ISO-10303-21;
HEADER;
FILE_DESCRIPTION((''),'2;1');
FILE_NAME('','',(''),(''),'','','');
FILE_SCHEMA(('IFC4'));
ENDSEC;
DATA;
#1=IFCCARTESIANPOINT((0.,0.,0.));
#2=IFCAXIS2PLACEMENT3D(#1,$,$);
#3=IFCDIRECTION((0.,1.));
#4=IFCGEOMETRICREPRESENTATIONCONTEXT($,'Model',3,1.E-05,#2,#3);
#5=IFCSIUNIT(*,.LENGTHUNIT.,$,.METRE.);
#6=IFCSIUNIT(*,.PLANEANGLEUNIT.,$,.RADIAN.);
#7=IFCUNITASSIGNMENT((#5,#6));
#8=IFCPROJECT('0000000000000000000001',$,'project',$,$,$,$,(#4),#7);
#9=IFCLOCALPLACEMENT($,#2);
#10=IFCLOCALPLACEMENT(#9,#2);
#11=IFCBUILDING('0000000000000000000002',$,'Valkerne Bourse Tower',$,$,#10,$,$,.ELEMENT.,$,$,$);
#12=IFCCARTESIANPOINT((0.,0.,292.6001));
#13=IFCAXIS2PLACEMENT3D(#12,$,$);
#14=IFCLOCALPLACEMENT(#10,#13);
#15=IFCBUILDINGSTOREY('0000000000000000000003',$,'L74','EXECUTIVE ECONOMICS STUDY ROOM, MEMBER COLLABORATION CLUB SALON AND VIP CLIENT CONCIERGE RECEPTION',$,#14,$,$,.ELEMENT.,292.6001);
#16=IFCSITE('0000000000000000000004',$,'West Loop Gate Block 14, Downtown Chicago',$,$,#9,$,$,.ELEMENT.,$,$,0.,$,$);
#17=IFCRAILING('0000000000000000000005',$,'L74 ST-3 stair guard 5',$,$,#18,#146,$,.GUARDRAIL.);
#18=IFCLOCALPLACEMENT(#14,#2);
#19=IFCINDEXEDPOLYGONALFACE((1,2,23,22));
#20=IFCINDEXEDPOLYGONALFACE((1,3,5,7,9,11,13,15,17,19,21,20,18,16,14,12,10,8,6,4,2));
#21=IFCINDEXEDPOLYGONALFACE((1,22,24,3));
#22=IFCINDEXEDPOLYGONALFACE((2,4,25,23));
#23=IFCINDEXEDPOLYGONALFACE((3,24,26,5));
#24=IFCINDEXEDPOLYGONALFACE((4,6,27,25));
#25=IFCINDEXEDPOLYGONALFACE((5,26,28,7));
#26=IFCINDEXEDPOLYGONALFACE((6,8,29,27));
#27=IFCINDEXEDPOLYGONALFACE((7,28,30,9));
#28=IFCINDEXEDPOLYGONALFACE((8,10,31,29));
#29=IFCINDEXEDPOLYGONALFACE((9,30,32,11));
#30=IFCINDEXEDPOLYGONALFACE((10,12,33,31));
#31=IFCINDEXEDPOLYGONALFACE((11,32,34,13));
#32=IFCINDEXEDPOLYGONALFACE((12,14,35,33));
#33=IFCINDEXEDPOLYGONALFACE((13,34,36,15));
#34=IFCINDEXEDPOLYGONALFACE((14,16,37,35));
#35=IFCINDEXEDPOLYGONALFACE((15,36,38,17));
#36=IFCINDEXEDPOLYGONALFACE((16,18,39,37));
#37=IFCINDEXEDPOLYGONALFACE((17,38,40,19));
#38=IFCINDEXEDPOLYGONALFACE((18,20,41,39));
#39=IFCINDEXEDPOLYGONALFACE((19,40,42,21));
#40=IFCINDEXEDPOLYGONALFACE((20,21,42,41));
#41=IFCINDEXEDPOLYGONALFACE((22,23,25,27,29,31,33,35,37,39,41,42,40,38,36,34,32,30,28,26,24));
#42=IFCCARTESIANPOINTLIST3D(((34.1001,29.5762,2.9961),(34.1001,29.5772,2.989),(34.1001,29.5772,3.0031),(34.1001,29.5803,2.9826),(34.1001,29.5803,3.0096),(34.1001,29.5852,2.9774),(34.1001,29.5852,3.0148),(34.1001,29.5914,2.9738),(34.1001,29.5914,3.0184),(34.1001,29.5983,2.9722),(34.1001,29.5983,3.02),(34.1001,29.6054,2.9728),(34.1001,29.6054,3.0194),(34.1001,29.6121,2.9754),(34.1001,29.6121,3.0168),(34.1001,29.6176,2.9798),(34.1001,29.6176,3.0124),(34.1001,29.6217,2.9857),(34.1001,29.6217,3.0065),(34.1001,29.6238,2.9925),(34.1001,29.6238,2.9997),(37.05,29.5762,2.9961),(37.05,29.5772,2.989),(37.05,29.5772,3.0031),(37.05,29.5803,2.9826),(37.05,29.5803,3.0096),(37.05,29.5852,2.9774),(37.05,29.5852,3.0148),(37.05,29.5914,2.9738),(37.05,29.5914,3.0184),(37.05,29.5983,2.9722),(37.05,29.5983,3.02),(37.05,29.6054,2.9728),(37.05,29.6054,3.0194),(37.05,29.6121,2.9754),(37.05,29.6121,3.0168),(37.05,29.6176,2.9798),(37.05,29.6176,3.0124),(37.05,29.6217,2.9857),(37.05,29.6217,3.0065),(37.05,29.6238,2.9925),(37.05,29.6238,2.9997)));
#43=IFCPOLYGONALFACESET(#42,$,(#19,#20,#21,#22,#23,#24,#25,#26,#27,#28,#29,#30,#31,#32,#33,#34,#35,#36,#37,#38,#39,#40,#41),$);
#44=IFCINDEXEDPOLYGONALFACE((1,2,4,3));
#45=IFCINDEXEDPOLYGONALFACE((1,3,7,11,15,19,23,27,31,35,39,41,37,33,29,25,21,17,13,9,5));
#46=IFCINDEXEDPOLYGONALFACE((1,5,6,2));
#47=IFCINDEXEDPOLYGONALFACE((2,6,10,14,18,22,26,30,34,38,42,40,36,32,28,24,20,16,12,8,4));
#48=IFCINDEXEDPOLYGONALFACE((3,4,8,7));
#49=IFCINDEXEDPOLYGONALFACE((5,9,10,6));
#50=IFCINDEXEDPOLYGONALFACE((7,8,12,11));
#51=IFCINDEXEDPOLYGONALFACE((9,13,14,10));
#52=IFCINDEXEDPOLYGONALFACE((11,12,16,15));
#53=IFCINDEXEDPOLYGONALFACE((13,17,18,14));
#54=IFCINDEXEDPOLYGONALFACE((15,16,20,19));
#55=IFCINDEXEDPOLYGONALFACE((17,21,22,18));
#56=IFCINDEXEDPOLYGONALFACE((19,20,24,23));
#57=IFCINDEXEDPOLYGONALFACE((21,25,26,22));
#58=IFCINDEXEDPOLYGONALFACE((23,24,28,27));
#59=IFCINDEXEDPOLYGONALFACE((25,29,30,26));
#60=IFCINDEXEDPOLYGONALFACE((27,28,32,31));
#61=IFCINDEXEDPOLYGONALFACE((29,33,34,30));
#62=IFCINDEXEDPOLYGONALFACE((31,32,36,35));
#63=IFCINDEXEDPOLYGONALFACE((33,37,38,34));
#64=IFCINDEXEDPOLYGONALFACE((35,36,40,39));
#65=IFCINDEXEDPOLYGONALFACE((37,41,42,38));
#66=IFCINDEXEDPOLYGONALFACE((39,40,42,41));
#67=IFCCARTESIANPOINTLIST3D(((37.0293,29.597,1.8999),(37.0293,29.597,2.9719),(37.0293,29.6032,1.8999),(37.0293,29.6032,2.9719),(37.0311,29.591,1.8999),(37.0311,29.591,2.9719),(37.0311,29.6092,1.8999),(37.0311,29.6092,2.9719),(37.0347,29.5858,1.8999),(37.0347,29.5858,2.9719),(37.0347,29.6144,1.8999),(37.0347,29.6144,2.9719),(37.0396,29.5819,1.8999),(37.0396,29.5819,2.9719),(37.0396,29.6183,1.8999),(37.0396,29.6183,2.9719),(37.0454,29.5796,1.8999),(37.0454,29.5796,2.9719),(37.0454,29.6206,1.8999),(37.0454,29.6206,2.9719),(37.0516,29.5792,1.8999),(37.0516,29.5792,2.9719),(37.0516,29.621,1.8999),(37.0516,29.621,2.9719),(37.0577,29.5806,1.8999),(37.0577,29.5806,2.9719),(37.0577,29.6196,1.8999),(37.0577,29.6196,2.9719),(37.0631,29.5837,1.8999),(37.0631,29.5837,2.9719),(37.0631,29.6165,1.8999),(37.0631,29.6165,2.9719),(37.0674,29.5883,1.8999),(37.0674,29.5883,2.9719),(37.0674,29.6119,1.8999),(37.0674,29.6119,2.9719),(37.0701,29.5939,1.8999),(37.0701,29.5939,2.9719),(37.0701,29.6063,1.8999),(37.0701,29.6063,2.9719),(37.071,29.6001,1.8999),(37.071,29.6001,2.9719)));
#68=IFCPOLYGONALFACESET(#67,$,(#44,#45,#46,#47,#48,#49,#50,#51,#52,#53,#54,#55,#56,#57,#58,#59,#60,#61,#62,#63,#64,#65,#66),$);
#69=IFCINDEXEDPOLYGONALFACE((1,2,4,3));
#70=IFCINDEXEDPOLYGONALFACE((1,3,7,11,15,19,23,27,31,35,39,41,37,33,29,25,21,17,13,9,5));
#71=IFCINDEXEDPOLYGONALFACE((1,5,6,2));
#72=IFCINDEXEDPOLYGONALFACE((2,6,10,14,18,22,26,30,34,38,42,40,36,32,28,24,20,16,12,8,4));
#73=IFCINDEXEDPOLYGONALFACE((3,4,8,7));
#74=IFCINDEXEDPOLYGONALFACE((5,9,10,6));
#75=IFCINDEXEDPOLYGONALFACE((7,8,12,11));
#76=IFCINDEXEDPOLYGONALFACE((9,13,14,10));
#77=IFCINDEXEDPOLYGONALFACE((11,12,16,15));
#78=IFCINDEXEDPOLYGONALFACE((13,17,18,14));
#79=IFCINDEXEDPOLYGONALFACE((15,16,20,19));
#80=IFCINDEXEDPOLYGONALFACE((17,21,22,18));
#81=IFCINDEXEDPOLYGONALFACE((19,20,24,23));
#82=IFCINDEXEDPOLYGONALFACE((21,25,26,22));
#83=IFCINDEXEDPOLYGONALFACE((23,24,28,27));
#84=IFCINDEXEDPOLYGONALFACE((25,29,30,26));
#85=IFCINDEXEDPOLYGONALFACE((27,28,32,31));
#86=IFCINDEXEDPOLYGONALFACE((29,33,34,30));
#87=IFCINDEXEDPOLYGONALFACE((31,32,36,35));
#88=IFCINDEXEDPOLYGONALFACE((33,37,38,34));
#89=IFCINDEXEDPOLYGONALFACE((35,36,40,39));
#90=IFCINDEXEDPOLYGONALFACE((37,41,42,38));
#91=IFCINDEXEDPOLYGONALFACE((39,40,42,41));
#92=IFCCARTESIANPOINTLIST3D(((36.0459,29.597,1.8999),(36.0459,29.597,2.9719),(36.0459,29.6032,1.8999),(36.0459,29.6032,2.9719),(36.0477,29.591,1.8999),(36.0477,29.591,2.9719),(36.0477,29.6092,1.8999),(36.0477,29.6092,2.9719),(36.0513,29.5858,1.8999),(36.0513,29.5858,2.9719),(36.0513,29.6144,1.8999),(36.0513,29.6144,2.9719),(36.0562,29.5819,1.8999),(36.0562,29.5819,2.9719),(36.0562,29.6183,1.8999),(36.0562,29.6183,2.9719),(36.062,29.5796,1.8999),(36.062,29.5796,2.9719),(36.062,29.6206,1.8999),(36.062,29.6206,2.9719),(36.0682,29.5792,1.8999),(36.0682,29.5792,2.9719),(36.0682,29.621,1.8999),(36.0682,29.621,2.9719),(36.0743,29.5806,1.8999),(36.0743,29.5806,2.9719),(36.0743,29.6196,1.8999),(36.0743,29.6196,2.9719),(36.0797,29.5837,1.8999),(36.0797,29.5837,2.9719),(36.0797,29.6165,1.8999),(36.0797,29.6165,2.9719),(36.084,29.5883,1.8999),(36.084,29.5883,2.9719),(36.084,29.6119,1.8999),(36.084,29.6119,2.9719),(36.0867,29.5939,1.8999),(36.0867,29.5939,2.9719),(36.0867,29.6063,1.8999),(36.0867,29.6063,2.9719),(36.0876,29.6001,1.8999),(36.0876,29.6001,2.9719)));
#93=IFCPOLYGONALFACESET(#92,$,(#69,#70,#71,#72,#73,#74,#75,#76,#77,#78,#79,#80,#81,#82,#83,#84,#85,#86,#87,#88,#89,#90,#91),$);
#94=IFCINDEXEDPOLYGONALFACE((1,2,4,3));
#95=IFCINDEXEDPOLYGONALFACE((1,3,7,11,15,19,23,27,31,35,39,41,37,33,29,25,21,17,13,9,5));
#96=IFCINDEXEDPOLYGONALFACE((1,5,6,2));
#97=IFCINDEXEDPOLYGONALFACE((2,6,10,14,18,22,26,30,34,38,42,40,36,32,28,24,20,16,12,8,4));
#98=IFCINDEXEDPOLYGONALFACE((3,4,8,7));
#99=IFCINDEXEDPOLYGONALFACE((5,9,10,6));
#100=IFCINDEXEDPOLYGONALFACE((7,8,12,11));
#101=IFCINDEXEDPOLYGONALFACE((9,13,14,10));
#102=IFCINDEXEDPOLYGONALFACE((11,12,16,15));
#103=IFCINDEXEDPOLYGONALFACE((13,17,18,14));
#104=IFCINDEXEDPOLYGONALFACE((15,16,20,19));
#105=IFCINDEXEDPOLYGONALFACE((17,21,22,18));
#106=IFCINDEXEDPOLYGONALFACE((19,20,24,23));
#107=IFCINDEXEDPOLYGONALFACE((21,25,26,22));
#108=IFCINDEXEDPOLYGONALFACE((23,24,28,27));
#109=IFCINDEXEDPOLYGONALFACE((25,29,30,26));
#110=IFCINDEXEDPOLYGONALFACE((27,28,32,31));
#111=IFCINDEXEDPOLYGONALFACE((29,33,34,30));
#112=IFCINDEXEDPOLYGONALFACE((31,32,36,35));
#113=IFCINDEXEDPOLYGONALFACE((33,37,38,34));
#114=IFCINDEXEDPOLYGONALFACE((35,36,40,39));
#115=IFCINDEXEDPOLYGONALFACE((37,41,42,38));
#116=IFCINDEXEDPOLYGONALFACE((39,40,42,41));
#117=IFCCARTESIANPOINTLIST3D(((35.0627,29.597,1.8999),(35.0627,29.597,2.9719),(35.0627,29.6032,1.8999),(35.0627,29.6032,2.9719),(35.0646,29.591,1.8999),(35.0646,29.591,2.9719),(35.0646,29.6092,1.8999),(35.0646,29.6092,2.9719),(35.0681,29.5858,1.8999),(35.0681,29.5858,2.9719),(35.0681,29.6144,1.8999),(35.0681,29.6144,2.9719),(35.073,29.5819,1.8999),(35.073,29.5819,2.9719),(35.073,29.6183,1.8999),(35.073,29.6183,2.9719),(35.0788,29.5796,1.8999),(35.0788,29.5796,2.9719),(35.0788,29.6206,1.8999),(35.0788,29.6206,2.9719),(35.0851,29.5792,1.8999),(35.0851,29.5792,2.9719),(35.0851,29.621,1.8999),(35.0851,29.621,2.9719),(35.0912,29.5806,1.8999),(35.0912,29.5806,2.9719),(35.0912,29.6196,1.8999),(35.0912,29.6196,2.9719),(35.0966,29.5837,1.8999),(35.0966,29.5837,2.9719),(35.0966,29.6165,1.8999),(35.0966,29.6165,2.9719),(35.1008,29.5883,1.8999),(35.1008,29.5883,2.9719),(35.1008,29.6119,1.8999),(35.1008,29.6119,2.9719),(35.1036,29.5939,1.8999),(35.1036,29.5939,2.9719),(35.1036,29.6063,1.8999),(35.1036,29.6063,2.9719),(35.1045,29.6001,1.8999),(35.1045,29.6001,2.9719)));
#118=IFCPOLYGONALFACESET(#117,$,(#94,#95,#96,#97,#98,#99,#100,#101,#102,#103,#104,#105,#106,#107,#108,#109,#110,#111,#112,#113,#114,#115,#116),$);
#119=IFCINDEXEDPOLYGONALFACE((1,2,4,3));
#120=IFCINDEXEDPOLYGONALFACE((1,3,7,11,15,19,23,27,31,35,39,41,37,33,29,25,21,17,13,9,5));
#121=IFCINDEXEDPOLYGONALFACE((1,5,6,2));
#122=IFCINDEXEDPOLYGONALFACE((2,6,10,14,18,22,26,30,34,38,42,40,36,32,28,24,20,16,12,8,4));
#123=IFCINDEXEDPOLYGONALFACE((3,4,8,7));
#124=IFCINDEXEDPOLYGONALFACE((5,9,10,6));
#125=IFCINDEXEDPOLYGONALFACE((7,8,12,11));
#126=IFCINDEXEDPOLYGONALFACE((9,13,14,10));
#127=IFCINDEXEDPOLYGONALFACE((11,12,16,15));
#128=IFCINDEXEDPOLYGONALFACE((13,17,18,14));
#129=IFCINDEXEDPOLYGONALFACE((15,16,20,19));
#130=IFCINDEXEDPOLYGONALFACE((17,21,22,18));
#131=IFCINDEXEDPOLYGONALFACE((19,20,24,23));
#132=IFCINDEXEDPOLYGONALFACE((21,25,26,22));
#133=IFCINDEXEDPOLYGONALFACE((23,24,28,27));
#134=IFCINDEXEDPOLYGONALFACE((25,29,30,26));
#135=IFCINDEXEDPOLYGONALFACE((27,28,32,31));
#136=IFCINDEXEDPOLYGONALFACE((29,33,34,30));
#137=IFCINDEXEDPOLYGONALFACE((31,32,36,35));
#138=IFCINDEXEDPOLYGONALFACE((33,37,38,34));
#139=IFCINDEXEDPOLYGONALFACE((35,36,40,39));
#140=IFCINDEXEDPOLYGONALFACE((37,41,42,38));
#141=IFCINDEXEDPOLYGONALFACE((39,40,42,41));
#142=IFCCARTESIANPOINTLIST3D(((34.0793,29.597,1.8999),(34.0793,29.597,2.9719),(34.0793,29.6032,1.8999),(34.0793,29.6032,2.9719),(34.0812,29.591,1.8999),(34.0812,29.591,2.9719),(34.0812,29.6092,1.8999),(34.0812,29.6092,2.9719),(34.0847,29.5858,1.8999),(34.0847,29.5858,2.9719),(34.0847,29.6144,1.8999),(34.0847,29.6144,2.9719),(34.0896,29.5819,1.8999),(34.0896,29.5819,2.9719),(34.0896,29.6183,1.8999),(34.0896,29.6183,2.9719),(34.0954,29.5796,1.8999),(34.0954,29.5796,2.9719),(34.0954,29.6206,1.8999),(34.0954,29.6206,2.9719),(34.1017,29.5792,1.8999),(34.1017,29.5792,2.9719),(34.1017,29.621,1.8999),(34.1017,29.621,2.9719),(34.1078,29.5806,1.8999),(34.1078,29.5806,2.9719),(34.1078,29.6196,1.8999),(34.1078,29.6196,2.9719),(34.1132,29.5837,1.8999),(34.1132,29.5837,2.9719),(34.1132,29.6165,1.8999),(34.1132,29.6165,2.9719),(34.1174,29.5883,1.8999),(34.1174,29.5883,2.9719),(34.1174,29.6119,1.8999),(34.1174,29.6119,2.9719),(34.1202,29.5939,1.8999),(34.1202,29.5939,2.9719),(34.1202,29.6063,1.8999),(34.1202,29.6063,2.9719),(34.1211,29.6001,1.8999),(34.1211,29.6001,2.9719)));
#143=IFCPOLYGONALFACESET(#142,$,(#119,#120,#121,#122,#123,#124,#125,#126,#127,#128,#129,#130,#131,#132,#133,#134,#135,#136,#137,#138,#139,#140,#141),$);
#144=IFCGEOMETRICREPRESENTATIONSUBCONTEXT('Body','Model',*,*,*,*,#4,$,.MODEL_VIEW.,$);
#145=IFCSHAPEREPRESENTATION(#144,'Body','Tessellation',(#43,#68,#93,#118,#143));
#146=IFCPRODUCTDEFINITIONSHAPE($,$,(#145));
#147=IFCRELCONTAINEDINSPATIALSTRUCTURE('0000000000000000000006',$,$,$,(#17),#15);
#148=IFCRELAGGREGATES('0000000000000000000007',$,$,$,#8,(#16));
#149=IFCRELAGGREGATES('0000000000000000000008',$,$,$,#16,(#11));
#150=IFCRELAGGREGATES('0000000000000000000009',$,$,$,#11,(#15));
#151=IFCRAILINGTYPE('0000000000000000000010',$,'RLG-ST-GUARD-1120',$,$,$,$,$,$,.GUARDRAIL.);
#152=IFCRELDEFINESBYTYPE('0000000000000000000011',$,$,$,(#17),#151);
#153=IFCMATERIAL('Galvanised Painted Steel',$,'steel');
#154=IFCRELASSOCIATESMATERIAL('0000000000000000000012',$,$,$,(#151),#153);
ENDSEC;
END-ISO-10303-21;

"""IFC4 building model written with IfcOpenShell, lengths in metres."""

from ifc_helpers import new_model, si_unit, direction, frame, origin, origin_2d, place, context, subcontext, project, spatial, circle, extrude, material, type_object, element, save


model = new_model("IFC4")

# Units and contexts
model_context = context("Model", 3, precision=1e-05, world=origin(), true_north=direction((0.0, 1.0)))
body_context = subcontext(model_context, "Body", "Model", "MODEL_VIEW")
ifc_project = project(units=[si_unit("LENGTHUNIT", "METRE"), si_unit("PLANEANGLEUNIT", "RADIAN")], contexts=[model_context])

# Site, building, storey
site_placement = place(None, origin())
site = spatial("IfcSite", under=ifc_project, at=site_placement, Name="West Loop Gate Block 14, Downtown Chicago", CompositionType="ELEMENT", RefElevation=0.0)
building_placement = place(site_placement, origin())
building = spatial("IfcBuilding", under=site, at=building_placement, Name="Valkerne Bourse Tower", CompositionType="ELEMENT")
storey_placement = place(building_placement, frame((0.0, 0.0, 292.6001)))
storey = spatial("IfcBuildingStorey", under=building, at=storey_placement, Name="L74", Description="EXECUTIVE ECONOMICS STUDY ROOM, MEMBER COLLABORATION CLUB SALON AND VIP CLIENT CONCIERGE RECEPTION", CompositionType="ELEMENT", Elevation=292.6001)

# Railing
ifc_material_1 = material(Name="Galvanised Painted Steel", Category="steel")
railing_type_1 = type_object("IfcRailingType", Name="RLG-ST-GUARD-1120", PredefinedType="GUARDRAIL", material=ifc_material_1)
railing_1_placement = place(storey_placement, frame((37.05, 29.6001, 1.8999)))
element("IfcRailing", 1, at=railing_1_placement, inside=storey, type_object=railing_type_1, Name="L74 ST-3 stair guard 5", PredefinedType="GUARDRAIL", context=body_context, shape_type="SweptSolid", body=[
    extrude(circle(Radius=0.0239, at=origin_2d()), frame((0.0, 0.0, 1.0962), z_axis=(-1.0, 0.0, 0.0), x_axis=(0.0, -1.0, 0.0)), (0.0, 0.0, 1.0), 2.95),
    extrude(circle(Radius=0.021, at=origin_2d()), origin(), (0.0, 0.0, 1.0), 1.072),
    extrude(circle(Radius=0.021, at=origin_2d()), frame((-0.9834, 0.0, 0.0)), (0.0, 0.0, 1.0), 1.072),
    extrude(circle(Radius=0.021, at=origin_2d()), frame((-1.9666, 0.0, 0.0)), (0.0, 0.0, 1.0), 1.072),
    extrude(circle(Radius=0.021, at=origin_2d()), frame((-2.95, 0.0, 0.0)), (0.0, 0.0, 1.0), 1.072),
])

save(model, "model.ifc")
